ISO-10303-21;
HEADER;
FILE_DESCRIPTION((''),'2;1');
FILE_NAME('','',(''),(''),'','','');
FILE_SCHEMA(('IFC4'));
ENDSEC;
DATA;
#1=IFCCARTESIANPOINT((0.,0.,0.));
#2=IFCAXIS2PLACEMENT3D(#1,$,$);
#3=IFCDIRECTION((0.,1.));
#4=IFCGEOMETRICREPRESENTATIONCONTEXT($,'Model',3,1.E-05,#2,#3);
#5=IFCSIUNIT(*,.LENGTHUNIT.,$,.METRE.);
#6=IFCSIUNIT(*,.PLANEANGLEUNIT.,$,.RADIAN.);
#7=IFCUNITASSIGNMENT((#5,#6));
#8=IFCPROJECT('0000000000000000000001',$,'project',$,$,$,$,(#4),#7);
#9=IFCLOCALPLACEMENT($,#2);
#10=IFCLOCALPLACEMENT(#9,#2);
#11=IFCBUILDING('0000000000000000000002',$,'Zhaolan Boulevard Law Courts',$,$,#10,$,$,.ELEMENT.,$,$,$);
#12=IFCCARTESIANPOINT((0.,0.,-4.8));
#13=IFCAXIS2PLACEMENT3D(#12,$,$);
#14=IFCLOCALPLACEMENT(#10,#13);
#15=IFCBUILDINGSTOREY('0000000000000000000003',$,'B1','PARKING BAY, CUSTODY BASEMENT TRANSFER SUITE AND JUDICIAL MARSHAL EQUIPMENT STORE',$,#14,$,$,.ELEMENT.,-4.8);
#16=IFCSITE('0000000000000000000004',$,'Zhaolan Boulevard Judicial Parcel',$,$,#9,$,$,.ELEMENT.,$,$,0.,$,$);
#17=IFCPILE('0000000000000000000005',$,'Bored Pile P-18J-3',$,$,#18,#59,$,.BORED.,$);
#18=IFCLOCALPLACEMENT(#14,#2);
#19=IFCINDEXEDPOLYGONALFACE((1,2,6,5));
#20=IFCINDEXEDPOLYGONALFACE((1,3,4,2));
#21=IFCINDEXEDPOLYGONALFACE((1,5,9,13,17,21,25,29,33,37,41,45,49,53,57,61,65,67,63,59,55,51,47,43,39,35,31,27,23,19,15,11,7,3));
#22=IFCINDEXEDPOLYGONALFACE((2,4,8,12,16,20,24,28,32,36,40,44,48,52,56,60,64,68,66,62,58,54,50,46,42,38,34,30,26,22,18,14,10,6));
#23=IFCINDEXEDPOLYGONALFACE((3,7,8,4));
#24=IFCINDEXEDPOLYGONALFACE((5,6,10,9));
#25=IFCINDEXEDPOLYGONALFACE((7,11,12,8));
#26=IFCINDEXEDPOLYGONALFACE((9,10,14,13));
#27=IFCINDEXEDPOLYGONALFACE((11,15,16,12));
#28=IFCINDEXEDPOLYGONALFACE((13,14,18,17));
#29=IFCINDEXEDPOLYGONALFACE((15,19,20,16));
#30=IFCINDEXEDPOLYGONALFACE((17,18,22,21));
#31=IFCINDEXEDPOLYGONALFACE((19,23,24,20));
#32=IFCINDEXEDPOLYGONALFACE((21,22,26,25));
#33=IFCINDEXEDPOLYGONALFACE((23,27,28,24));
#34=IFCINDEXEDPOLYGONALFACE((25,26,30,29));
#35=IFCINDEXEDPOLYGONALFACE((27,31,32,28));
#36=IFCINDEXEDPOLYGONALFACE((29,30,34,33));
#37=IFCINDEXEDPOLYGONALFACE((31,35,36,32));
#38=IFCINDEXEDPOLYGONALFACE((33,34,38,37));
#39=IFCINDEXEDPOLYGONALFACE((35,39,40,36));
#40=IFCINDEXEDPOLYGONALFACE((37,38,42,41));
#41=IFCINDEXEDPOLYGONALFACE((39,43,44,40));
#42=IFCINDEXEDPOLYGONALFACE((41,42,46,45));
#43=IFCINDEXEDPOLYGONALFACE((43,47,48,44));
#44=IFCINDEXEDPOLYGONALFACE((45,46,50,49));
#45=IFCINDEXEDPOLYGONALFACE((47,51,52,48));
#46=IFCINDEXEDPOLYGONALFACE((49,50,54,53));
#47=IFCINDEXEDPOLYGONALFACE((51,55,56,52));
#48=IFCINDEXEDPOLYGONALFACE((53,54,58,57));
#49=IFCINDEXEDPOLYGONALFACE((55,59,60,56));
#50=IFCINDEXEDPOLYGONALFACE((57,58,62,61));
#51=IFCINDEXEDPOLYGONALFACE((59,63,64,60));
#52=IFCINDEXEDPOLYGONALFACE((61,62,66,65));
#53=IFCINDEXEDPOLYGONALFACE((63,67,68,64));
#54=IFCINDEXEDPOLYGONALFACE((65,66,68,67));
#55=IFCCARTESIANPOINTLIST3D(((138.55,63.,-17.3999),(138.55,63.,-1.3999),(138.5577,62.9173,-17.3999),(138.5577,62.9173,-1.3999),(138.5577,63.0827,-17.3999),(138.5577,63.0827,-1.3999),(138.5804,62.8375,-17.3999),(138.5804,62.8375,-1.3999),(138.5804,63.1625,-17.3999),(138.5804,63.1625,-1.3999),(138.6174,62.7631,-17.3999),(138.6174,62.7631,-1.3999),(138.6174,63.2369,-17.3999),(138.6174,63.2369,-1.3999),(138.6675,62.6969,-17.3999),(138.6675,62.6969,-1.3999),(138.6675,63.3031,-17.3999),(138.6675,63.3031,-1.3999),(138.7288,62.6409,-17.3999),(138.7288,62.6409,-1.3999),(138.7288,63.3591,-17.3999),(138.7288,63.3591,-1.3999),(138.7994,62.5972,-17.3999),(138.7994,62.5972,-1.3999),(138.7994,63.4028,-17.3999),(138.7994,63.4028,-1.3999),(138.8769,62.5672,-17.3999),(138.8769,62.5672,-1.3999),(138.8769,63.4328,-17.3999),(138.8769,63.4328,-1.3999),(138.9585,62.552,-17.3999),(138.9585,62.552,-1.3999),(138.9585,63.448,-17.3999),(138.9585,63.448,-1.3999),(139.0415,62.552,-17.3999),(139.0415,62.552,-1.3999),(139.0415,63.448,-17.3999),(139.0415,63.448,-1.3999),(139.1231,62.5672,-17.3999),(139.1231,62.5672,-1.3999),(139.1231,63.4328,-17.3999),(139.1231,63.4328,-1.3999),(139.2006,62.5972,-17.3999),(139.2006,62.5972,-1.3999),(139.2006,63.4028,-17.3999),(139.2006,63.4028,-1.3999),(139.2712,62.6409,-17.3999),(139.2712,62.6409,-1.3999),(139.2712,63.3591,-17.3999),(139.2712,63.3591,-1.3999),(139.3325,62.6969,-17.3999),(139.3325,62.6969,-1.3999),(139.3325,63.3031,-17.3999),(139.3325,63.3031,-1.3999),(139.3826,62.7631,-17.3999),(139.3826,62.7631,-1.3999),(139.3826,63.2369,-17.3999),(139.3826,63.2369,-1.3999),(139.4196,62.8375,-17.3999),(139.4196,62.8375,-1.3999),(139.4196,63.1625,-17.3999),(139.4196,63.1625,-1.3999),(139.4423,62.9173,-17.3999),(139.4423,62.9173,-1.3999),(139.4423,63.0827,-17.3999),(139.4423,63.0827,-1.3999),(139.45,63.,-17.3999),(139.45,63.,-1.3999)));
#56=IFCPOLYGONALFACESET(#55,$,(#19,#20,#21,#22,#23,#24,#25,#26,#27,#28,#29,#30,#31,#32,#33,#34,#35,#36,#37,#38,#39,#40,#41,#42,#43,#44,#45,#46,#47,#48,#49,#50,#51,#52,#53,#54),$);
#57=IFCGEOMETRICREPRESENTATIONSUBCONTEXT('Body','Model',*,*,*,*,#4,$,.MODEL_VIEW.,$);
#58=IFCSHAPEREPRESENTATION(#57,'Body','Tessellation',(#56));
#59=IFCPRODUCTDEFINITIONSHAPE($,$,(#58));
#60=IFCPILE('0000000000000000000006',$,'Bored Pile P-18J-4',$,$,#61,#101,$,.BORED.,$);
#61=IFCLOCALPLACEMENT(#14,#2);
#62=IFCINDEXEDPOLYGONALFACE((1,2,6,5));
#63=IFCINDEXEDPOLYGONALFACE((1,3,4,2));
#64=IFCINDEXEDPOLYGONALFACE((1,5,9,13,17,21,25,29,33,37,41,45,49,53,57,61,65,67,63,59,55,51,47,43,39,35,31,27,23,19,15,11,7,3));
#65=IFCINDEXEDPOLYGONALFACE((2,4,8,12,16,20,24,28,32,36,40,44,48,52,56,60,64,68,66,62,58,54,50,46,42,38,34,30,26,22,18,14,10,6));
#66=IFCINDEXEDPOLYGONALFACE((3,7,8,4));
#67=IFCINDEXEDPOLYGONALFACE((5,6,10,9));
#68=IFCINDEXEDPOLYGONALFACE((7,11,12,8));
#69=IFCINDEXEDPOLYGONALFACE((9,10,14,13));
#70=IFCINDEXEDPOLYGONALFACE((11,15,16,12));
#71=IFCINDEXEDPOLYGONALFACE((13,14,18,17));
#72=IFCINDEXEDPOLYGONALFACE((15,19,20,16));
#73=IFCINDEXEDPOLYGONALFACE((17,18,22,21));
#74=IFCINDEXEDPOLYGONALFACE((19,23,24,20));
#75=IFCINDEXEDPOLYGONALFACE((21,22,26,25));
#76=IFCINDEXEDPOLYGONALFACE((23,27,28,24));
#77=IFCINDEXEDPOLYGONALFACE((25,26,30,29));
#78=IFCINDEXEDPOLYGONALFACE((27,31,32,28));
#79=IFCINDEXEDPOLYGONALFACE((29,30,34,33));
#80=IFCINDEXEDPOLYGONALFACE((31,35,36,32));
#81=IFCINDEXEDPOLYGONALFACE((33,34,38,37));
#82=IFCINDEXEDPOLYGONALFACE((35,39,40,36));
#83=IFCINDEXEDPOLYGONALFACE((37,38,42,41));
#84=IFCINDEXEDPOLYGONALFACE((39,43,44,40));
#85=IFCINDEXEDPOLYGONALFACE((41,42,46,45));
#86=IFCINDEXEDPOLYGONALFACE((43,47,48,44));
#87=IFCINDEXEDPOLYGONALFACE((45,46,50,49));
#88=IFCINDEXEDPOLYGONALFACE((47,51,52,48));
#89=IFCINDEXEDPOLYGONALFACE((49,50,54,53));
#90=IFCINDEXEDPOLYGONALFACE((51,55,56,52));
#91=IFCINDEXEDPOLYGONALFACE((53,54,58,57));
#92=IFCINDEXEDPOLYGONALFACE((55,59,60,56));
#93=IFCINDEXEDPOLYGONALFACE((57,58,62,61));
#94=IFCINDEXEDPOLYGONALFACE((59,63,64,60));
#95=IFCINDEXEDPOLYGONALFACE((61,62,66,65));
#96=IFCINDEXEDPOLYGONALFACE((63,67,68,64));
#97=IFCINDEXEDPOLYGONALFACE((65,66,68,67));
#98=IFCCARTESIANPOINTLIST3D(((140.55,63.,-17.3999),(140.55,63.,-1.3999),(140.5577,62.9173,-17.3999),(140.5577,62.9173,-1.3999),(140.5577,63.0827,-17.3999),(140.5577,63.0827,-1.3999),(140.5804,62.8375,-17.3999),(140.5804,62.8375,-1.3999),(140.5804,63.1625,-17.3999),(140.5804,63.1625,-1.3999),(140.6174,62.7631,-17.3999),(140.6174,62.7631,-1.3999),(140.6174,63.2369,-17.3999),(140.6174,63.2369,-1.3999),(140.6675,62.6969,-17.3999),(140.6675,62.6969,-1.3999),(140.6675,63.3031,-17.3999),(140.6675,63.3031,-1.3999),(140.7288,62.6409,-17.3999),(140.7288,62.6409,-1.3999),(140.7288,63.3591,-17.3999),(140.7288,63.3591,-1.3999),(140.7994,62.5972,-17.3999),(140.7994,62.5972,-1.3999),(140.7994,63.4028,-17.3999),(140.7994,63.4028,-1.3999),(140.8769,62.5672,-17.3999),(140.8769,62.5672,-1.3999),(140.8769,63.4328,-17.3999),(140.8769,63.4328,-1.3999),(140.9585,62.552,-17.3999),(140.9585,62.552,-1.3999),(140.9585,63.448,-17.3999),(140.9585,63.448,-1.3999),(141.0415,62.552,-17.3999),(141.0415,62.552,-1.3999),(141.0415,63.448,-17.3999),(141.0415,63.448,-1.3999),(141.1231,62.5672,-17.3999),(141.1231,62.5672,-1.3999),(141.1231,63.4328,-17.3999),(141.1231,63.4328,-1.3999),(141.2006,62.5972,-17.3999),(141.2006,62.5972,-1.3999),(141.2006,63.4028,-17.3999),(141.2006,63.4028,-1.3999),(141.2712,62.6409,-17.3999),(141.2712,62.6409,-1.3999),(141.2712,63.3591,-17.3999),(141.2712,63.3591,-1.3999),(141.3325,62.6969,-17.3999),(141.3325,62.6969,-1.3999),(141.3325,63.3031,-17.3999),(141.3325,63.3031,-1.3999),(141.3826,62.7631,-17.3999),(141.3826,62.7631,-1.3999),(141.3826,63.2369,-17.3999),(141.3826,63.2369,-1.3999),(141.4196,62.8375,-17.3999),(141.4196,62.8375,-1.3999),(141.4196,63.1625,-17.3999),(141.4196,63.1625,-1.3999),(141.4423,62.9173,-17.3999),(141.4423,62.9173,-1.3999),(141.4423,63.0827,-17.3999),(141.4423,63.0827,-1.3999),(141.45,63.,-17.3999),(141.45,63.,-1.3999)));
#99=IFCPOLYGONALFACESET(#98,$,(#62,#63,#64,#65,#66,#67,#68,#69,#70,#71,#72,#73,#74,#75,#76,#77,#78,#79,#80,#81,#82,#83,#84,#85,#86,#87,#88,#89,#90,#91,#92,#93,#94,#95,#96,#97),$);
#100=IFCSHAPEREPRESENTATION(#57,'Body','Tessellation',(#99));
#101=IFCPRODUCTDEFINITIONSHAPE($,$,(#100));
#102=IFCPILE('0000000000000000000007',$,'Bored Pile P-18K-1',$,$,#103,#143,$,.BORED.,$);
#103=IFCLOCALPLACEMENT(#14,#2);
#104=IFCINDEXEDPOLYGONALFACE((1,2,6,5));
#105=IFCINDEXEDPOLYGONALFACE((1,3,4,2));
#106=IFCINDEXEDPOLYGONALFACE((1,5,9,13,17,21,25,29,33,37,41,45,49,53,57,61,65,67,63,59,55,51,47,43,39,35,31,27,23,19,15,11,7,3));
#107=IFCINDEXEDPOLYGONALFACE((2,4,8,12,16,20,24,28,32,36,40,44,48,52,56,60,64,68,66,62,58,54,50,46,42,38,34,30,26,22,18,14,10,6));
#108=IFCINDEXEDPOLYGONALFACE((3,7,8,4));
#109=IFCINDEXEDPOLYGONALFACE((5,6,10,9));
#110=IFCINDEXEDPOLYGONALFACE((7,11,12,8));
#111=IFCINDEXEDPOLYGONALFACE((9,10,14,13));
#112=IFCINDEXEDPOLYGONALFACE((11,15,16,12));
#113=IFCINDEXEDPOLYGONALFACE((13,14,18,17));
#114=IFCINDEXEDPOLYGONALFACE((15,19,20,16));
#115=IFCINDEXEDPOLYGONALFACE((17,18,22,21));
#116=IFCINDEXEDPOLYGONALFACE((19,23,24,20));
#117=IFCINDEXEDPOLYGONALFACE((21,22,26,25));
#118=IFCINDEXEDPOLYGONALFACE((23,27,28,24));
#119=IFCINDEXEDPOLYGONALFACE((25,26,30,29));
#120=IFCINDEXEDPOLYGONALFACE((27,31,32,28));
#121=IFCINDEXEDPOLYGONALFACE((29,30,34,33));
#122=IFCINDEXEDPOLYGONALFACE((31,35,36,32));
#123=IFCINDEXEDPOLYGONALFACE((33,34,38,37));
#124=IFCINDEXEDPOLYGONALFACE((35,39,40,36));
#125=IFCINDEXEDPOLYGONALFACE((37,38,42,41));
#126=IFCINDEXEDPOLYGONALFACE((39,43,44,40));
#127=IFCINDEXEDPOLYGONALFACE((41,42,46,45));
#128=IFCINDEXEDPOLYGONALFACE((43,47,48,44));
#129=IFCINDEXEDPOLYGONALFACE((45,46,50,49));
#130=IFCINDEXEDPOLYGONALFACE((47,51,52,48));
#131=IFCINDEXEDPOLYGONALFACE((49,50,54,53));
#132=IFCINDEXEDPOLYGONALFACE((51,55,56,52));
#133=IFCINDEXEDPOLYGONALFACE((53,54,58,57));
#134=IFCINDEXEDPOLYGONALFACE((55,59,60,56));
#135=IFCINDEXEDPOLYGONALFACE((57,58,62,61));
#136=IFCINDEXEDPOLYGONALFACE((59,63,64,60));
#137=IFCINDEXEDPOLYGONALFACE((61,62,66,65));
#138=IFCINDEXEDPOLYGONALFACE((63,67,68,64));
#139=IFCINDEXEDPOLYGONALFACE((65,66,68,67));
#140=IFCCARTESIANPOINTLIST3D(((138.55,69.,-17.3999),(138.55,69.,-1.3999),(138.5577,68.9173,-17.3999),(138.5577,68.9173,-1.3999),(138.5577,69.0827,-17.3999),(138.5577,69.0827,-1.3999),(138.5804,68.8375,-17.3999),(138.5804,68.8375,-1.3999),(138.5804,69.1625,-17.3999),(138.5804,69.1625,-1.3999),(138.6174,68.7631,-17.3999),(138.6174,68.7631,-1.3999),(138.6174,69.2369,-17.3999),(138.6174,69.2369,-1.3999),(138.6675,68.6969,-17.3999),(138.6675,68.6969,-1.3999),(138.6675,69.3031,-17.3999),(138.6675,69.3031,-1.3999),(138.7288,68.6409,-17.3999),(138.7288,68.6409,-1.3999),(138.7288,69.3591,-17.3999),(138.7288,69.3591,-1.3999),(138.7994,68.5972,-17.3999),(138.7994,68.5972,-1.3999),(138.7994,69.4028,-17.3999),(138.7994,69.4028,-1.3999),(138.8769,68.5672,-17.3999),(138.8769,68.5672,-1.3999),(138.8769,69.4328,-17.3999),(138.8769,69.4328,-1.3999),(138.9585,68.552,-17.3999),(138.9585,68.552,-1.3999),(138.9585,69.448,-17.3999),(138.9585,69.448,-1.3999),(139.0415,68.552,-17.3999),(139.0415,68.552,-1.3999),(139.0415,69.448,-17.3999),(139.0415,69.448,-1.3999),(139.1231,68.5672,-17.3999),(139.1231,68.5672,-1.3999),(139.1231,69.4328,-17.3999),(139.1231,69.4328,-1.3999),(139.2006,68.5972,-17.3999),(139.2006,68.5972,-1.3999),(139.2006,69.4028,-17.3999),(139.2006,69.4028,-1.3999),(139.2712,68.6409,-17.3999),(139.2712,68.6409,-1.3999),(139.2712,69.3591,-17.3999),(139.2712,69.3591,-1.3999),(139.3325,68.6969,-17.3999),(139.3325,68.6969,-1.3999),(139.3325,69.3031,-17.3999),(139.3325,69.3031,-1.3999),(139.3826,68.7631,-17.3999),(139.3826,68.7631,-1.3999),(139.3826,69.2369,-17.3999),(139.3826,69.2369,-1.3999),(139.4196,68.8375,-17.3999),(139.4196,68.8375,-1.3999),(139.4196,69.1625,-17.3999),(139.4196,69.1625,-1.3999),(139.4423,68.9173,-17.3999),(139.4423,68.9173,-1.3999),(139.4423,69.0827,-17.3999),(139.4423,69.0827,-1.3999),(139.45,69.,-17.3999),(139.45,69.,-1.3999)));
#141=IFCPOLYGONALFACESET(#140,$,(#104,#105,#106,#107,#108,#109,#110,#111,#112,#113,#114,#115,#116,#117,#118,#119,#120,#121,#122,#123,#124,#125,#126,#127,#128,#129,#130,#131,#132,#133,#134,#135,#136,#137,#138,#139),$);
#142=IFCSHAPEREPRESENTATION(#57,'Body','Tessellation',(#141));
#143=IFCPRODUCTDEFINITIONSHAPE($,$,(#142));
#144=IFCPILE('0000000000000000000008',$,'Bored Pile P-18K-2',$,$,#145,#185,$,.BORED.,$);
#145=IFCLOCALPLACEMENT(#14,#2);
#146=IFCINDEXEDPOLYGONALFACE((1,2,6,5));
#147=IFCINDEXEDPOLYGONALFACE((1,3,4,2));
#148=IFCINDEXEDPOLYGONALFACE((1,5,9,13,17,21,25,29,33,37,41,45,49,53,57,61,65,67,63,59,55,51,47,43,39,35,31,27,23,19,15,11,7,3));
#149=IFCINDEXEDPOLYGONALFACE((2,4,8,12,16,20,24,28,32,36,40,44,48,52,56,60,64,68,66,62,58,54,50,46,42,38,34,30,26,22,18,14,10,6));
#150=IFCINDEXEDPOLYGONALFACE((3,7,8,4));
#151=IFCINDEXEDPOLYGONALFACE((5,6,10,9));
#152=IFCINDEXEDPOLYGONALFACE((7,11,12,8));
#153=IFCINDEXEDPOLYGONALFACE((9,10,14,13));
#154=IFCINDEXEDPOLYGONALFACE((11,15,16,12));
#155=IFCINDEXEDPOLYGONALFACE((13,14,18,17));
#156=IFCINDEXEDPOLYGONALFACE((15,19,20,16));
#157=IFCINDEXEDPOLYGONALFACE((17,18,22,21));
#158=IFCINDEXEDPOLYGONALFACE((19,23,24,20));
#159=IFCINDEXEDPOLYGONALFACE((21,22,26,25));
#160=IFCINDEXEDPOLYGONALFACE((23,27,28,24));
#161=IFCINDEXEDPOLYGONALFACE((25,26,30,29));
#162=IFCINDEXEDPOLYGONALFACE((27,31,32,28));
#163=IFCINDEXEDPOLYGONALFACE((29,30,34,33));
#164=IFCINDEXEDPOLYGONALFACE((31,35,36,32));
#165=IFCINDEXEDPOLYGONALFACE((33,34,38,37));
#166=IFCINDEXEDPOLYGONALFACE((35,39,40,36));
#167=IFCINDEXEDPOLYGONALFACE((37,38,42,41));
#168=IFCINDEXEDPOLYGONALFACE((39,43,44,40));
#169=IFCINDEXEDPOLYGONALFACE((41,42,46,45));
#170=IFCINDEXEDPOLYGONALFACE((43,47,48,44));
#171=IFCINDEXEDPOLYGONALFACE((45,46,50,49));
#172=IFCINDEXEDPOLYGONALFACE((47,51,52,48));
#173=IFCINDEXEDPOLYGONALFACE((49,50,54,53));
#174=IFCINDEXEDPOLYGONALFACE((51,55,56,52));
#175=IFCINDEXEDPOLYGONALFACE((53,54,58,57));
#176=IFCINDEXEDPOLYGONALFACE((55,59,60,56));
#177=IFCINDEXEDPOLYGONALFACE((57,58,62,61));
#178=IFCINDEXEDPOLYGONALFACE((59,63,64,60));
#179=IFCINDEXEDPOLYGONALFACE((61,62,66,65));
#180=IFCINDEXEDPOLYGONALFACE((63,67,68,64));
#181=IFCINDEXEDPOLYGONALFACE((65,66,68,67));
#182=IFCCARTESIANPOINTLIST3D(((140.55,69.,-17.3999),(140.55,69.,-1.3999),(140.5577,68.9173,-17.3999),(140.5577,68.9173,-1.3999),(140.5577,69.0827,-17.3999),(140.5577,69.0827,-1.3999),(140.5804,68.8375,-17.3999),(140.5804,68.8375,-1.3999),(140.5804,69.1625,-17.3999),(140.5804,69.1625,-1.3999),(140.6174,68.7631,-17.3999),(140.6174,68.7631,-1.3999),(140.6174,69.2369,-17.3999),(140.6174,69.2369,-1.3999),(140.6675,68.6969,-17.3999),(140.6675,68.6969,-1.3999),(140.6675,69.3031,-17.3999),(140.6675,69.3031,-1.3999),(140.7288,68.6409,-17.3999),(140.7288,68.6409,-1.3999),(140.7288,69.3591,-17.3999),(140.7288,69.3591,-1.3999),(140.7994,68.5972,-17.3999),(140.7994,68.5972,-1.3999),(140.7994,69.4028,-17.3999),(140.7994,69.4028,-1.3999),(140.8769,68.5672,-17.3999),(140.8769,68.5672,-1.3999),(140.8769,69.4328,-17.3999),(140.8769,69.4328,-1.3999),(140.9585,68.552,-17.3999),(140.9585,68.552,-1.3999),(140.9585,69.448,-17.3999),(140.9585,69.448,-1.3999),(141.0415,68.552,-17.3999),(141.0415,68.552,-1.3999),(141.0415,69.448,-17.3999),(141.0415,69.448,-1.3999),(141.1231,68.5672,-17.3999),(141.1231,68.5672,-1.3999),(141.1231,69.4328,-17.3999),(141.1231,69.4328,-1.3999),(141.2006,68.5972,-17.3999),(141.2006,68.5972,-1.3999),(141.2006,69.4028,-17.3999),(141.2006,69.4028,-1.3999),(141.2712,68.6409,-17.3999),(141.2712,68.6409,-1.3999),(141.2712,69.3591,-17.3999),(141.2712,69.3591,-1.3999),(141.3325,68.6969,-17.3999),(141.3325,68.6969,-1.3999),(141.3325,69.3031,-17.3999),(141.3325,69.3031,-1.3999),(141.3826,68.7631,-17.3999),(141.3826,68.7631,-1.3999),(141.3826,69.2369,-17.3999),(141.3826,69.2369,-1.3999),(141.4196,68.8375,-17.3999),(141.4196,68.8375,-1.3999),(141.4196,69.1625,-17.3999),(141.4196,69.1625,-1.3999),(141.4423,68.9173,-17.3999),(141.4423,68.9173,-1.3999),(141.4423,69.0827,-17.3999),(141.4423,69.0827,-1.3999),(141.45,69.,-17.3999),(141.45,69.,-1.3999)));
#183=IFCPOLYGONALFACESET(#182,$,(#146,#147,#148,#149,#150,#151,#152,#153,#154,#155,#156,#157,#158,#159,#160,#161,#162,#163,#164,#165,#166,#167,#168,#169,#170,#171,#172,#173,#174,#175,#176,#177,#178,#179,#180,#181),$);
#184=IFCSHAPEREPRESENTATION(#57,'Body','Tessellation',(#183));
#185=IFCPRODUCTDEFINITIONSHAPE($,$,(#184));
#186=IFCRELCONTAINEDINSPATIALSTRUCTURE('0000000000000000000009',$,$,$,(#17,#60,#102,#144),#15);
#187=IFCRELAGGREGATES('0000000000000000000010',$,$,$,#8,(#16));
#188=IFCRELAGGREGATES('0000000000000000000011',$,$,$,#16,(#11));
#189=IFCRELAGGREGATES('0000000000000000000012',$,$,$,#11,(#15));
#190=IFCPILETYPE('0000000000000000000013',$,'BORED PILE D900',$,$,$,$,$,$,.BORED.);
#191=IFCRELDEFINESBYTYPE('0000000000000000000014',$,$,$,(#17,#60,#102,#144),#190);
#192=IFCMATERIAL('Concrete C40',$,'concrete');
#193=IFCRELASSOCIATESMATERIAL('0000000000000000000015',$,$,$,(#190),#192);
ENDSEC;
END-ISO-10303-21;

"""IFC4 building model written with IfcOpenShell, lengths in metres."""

from ifc_helpers import new_model, si_unit, direction, frame, origin, origin_2d, place, context, subcontext, project, spatial, circle, extrude, material, material_profile, profile_set, type_object, element, save


model = new_model("IFC4")

# Units and contexts
model_context = context("Model", 3, precision=1e-05, world=origin(), true_north=direction((0.0, 1.0)))
body_context = subcontext(model_context, "Body", "Model", "MODEL_VIEW")
ifc_project = project(units=[si_unit("LENGTHUNIT", "METRE"), si_unit("PLANEANGLEUNIT", "RADIAN")], contexts=[model_context])

# Site, building, storey
site_placement = place(None, origin())
site = spatial("IfcSite", under=ifc_project, at=site_placement, Name="Zhaolan Boulevard Judicial Parcel", CompositionType="ELEMENT", RefElevation=0.0)
building_placement = place(site_placement, origin())
building = spatial("IfcBuilding", under=site, at=building_placement, Name="Zhaolan Boulevard Law Courts", CompositionType="ELEMENT")
storey_placement = place(building_placement, frame((0.0, 0.0, -4.8)))
storey = spatial("IfcBuildingStorey", under=building, at=storey_placement, Name="B1", Description="PARKING BAY, CUSTODY BASEMENT TRANSFER SUITE AND JUDICIAL MARSHAL EQUIPMENT STORE", CompositionType="ELEMENT", Elevation=-4.8)

# Piles
ifc_material_1 = material(Name="Concrete C40", Category="concrete")
ifc_material_profile_1 = material_profile(ifc_material_1, circle(Radius=0.45, at=origin_2d()), Name="PILE-D900")
ifc_profile_set_1 = profile_set([ifc_material_profile_1], Name="Concrete C40")
pile_type = type_object("IfcPileType", Name="BORED PILE D900", PredefinedType="BORED", material=ifc_profile_set_1)
for number, where, z_axis, x_axis, name in (
    (1, (139.0, 63.0, -1.3999), (0.0, 0.0, -1.0), (1.0, 0.0, 0.0), "Bored Pile P-18J-3"),
    (2, (141.0, 63.0, -1.3999), (0.0, 0.0, -1.0), (1.0, 0.0, 0.0), "Bored Pile P-18J-4"),
    (3, (139.0, 69.0, -1.3999), (0.0, 0.0, -1.0), (1.0, 0.0, 0.0), "Bored Pile P-18K-1"),
    (4, (141.0, 69.0, -1.3999), (0.0, 0.0, -1.0), (1.0, 0.0, 0.0), "Bored Pile P-18K-2"),
):
    element("IfcPile", number, at=place(storey_placement, frame(where, z_axis=z_axis, x_axis=x_axis)), inside=storey, type_object=pile_type, Name=name, PredefinedType="BORED", context=body_context, shape_type="SweptSolid", body=[
        extrude(circle(Radius=0.45, at=origin_2d()), origin(), (0.0, 0.0, 1.0), 16.0),
    ])

save(model, "model.ifc")
